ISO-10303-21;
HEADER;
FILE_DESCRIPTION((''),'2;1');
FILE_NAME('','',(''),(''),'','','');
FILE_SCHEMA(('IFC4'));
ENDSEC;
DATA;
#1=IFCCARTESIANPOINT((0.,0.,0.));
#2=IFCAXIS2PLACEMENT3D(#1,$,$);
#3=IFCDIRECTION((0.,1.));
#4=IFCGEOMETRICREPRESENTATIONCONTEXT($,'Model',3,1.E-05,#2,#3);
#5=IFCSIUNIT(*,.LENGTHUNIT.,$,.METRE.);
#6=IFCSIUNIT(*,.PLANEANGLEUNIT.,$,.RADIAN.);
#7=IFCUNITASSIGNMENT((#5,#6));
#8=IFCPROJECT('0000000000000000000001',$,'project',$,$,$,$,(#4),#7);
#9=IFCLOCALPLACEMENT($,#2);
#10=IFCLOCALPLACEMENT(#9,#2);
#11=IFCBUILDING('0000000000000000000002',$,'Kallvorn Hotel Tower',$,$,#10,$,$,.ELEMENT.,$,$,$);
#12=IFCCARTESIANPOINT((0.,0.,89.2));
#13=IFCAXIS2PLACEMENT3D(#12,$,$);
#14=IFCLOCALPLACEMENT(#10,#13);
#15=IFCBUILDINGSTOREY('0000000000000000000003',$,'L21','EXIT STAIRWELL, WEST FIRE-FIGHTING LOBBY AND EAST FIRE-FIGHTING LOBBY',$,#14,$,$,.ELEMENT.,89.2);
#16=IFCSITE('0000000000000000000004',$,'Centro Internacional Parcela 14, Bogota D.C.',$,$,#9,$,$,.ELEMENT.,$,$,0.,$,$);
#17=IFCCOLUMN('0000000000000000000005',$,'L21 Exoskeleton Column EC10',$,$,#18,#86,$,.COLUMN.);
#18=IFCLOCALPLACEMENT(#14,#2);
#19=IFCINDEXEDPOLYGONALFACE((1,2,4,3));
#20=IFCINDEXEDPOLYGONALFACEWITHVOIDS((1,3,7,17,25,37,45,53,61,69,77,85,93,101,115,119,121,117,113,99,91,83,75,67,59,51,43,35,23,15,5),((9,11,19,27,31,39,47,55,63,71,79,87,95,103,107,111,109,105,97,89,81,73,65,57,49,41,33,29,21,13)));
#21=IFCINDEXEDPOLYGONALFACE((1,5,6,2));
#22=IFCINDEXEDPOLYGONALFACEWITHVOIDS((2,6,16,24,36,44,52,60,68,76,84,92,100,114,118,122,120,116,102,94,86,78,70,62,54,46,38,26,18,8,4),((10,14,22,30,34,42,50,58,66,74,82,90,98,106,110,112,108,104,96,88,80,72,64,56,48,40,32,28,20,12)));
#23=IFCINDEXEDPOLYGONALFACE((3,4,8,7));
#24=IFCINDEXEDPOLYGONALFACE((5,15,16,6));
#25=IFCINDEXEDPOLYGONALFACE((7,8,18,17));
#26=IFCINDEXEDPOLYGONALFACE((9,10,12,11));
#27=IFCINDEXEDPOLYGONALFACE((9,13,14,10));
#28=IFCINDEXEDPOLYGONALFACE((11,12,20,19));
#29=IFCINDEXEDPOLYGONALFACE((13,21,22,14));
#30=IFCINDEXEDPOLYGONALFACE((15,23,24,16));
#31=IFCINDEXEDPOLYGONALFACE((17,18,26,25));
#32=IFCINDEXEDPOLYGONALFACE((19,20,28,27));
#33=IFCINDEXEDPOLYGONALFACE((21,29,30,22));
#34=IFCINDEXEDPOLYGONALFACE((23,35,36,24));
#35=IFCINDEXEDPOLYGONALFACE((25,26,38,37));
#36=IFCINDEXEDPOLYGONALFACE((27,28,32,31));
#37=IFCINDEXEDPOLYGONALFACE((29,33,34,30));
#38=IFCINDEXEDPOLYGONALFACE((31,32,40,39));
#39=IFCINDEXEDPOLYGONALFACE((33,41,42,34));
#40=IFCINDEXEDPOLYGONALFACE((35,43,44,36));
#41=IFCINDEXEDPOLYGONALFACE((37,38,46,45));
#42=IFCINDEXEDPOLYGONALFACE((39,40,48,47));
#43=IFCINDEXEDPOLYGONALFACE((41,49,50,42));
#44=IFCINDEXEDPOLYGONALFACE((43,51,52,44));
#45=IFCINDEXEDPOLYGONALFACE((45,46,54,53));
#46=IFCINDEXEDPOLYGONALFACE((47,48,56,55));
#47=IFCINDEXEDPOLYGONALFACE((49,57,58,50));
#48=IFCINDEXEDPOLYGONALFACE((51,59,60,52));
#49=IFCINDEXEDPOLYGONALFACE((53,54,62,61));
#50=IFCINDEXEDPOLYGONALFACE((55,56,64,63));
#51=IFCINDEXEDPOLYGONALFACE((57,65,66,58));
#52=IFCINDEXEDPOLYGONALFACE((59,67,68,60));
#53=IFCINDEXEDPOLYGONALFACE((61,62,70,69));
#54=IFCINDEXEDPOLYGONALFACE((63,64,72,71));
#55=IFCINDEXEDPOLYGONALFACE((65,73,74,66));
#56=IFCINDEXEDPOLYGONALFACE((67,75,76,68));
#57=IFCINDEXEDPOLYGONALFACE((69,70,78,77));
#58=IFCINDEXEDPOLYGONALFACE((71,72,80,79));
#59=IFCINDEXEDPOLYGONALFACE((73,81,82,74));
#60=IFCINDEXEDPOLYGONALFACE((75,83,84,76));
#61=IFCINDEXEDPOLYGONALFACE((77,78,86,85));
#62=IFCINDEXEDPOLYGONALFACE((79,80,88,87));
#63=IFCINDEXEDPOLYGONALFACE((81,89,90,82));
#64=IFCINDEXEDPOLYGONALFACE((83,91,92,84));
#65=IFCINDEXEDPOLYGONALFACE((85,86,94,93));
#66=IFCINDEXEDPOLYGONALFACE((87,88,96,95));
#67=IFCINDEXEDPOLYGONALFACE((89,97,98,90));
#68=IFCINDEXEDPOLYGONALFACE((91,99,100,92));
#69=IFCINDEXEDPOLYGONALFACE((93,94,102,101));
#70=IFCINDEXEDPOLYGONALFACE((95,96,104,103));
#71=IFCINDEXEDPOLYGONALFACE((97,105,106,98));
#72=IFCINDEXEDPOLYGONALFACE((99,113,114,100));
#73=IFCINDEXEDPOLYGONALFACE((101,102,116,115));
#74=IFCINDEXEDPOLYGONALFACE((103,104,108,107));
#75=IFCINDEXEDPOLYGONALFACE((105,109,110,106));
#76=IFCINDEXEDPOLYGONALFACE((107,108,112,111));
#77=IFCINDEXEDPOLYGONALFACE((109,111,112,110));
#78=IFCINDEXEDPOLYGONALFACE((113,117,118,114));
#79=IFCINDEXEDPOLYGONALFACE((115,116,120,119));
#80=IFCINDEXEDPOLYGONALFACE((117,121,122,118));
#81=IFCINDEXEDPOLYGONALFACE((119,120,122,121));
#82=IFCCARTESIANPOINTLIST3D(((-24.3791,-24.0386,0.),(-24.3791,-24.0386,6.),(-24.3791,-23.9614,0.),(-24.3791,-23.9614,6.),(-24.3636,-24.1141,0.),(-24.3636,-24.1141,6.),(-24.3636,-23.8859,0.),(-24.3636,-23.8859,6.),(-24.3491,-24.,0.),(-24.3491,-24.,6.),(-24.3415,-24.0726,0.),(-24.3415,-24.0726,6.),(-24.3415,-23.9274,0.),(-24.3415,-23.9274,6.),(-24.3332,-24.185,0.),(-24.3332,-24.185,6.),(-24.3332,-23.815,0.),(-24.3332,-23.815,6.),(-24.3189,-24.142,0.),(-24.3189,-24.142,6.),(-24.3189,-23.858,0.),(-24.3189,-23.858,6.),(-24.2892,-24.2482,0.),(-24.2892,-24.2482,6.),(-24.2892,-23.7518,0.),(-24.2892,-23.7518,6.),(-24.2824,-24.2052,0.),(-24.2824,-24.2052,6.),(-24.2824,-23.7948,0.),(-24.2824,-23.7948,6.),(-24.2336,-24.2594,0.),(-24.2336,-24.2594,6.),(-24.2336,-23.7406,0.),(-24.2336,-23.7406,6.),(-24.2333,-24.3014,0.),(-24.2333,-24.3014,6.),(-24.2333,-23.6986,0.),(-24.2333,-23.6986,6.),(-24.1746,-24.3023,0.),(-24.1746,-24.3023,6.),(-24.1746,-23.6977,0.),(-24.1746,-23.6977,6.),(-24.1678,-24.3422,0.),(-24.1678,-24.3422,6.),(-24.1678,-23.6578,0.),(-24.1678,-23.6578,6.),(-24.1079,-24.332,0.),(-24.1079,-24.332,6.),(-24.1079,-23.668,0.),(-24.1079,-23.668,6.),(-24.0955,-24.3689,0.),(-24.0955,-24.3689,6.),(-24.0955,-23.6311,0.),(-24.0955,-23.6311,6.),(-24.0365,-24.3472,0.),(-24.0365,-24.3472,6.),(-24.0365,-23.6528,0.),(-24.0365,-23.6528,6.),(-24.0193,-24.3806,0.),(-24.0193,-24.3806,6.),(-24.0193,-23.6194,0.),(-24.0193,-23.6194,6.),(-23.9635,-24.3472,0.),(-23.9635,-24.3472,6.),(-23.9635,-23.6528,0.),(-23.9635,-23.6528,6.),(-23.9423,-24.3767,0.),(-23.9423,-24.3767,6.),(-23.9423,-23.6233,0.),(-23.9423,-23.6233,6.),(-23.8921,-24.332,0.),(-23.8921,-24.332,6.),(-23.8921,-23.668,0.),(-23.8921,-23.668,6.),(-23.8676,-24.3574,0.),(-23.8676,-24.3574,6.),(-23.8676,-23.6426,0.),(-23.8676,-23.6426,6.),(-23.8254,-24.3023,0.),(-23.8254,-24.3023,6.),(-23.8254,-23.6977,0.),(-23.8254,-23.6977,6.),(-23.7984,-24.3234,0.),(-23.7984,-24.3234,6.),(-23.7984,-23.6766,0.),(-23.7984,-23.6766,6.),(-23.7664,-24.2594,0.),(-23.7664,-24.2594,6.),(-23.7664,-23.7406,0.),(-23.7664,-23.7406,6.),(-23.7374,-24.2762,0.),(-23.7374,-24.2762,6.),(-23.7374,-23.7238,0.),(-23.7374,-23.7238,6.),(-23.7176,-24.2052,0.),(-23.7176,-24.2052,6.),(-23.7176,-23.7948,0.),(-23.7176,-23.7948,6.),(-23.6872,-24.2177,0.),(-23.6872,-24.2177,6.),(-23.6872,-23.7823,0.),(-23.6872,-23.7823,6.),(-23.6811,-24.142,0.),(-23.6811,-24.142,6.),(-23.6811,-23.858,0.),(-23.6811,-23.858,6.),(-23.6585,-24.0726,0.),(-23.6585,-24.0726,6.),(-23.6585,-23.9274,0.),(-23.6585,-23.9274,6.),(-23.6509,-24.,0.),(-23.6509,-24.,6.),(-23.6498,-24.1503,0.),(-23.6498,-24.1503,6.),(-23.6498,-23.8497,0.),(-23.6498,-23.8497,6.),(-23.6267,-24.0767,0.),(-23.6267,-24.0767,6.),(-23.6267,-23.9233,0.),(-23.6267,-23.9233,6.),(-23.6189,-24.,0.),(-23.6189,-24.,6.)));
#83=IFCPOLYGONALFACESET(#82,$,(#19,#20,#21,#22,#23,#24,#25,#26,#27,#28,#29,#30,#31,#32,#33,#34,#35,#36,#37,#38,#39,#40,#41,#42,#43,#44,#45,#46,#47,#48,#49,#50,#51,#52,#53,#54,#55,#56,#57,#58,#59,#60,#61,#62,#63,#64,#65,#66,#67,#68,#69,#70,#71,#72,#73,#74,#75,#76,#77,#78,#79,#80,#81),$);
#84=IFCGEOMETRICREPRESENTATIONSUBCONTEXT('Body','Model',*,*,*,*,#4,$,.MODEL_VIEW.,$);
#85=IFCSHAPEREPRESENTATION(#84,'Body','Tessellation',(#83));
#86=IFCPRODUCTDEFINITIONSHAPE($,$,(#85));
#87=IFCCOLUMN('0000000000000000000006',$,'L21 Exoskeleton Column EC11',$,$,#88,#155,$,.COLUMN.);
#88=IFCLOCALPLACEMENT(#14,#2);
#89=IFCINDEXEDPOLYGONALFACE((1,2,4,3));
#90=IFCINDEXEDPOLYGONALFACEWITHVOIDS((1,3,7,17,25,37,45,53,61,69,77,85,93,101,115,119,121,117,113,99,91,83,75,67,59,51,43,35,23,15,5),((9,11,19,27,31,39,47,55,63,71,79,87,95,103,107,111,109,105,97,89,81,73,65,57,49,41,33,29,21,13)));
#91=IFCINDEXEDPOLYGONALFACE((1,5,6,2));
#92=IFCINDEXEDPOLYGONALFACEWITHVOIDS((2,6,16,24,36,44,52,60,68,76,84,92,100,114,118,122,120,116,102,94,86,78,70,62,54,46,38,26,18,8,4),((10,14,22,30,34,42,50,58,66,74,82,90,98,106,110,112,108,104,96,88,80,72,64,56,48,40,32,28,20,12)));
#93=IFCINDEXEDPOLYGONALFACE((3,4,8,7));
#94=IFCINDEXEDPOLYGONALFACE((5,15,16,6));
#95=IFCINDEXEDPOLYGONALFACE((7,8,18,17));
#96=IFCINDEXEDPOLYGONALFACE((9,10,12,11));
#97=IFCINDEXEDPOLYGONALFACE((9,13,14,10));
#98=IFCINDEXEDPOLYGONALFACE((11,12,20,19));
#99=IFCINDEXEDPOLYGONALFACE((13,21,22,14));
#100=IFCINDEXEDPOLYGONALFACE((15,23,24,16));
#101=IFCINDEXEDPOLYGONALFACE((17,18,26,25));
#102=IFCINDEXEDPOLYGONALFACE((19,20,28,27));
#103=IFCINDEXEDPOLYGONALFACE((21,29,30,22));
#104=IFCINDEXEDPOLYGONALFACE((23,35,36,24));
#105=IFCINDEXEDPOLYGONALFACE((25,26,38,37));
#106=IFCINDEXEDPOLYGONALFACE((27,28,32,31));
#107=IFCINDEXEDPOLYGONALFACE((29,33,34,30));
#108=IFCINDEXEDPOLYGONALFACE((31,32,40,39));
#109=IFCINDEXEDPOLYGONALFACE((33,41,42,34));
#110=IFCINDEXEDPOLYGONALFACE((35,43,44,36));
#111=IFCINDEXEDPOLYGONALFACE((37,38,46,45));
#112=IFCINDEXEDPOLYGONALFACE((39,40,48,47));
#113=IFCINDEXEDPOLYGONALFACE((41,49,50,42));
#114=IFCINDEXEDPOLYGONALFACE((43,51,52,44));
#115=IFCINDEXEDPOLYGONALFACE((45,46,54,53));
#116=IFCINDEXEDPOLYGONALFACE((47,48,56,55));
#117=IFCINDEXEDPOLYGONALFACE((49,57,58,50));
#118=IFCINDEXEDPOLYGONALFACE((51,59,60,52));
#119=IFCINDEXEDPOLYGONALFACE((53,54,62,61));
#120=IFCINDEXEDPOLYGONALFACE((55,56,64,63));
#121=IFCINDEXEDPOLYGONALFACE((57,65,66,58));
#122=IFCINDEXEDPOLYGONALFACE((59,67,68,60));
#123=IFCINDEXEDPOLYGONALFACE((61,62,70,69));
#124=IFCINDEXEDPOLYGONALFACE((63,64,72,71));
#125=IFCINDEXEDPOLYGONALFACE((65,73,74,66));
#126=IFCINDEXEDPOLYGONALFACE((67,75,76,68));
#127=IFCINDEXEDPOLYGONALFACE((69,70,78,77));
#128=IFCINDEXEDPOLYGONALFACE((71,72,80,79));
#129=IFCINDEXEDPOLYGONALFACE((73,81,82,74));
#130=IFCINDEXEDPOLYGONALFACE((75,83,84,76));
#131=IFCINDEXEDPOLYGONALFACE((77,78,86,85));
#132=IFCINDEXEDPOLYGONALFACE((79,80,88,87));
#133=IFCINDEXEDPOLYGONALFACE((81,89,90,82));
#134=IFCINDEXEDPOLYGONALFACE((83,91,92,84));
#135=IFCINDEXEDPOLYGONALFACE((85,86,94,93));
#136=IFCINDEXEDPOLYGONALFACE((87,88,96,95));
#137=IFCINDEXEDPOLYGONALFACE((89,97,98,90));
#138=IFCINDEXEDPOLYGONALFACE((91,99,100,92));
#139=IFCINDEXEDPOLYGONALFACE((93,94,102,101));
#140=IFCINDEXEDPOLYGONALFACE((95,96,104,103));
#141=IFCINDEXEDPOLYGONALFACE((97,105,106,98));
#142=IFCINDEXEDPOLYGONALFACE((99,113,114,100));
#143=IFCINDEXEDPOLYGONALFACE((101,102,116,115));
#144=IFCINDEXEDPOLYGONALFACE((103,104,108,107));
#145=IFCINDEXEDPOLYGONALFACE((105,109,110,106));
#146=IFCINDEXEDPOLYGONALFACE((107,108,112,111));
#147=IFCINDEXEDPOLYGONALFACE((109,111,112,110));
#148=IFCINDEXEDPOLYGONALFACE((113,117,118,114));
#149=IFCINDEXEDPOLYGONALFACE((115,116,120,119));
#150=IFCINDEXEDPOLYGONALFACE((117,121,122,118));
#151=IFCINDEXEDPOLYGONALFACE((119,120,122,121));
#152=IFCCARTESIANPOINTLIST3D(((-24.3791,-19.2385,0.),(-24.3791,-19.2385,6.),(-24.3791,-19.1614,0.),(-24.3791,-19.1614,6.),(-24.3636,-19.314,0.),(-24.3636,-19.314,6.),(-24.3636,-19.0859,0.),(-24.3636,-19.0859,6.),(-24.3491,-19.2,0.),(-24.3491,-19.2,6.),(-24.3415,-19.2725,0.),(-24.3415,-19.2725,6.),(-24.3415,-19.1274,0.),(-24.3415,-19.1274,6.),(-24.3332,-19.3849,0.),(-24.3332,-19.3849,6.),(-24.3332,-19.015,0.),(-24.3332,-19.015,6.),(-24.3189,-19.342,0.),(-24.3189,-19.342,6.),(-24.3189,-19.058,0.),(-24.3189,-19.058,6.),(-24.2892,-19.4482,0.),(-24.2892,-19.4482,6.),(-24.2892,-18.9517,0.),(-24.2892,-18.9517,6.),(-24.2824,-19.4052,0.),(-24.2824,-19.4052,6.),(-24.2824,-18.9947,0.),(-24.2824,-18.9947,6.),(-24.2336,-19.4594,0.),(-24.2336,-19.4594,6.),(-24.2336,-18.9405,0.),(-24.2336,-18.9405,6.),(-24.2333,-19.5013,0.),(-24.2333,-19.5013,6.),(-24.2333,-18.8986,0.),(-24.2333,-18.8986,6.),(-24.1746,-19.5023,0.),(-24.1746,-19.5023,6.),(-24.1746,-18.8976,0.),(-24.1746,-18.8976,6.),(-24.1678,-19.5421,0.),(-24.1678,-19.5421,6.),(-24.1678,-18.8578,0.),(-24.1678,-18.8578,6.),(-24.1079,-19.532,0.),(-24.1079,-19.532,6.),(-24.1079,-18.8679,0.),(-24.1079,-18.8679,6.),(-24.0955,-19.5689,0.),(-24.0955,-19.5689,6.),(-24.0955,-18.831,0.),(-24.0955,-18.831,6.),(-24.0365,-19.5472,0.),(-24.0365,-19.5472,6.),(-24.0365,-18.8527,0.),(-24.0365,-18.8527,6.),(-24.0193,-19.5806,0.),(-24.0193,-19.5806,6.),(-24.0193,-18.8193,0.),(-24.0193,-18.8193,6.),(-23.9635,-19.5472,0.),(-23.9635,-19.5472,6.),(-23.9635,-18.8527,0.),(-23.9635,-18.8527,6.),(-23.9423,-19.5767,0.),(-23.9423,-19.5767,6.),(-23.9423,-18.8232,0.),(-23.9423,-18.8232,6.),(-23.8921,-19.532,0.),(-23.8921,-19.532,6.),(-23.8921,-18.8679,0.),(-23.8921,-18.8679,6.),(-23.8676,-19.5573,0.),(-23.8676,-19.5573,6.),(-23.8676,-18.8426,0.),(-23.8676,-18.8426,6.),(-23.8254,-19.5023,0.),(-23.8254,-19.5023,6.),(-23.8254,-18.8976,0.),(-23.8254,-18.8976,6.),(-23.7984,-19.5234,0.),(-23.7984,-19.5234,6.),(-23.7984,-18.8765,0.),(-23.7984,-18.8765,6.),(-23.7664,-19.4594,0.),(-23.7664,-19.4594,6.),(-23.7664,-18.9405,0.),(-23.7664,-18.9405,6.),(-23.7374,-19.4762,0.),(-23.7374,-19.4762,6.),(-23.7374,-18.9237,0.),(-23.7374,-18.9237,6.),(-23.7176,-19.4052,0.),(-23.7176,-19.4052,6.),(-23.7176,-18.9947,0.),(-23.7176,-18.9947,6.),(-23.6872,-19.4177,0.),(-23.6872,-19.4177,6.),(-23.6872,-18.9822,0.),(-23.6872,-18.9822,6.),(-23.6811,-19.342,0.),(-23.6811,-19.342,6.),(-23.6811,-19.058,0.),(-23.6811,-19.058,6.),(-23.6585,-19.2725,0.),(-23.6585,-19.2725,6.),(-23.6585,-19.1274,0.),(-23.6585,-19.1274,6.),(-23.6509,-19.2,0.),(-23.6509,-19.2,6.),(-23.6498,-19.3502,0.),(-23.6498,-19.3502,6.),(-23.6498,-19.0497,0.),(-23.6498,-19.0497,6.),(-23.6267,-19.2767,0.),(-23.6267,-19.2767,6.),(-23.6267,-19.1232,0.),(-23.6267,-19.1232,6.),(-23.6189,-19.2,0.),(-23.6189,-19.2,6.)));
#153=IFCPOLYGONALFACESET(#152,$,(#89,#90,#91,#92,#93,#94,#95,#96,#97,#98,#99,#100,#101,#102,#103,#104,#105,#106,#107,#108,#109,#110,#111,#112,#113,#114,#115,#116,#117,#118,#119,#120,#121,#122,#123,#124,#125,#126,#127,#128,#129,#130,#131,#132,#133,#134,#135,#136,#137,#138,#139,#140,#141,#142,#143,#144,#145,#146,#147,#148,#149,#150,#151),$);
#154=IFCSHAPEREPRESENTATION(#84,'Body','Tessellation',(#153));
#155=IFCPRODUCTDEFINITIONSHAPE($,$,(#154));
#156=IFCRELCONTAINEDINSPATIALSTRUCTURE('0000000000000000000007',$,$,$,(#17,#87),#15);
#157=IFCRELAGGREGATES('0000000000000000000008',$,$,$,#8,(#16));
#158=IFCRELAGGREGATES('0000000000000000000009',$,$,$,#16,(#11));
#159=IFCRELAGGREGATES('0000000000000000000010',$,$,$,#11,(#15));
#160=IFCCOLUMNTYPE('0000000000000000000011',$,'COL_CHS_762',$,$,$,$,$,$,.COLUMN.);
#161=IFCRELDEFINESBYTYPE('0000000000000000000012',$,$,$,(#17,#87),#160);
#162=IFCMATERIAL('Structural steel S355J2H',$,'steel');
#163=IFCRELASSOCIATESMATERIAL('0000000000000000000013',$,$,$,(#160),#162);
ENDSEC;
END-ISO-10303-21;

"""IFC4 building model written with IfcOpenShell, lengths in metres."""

from ifc_helpers import new_model, si_unit, direction, frame, origin, origin_2d, place, context, subcontext, project, spatial, hollow_circle, extrude, material, material_profile, profile_set, type_object, element, save


model = new_model("IFC4")

# Units and contexts
model_context = context("Model", 3, precision=1e-05, world=origin(), true_north=direction((0.0, 1.0)))
body_context = subcontext(model_context, "Body", "Model", "MODEL_VIEW")
ifc_project = project(units=[si_unit("LENGTHUNIT", "METRE"), si_unit("PLANEANGLEUNIT", "RADIAN")], contexts=[model_context])

# Site, building, storey
site_placement = place(None, origin())
site = spatial("IfcSite", under=ifc_project, at=site_placement, Name="Centro Internacional Parcela 14, Bogota D.C.", CompositionType="ELEMENT", RefElevation=0.0)
building_placement = place(site_placement, origin())
building = spatial("IfcBuilding", under=site, at=building_placement, Name="Kallvorn Hotel Tower", CompositionType="ELEMENT")
storey_placement = place(building_placement, frame((0.0, 0.0, 89.2)))
storey = spatial("IfcBuildingStorey", under=building, at=storey_placement, Name="L21", Description="EXIT STAIRWELL, WEST FIRE-FIGHTING LOBBY AND EAST FIRE-FIGHTING LOBBY", CompositionType="ELEMENT", Elevation=89.2)

# Columns
ifc_material_1 = material(Name="Structural steel S355J2H", Category="steel")
ifc_material_profile_1 = material_profile(ifc_material_1, hollow_circle(Radius=0.3811, WallThickness=0.032, at=origin_2d()), Name="CHS 762x32")
ifc_profile_set_1 = profile_set([ifc_material_profile_1], Name="Structural steel S355J2H")
column_type_1 = type_object("IfcColumnType", Name="COL_CHS_762", PredefinedType="COLUMN", material=ifc_profile_set_1)
for number, where, z_axis, x_axis, name in (
    (1, (-24.0, -24.0, 0.0), (0.0, 0.0, 1.0), (1.0, 0.0, 0.0), "L21 Exoskeleton Column EC10"),
    (2, (-24.0, -19.2, 0.0), (0.0, 0.0, 1.0), (1.0, 0.0, 0.0), "L21 Exoskeleton Column EC11"),
):
    element("IfcColumn", number, at=place(storey_placement, frame(where, z_axis=z_axis, x_axis=x_axis)), inside=storey, type_object=column_type_1, Name=name, PredefinedType="COLUMN", context=body_context, shape_type="SweptSolid", body=[
        extrude(hollow_circle(Radius=0.3811, WallThickness=0.032, at=origin_2d()), origin(), (0.0, 0.0, 1.0), 6.0),
    ])

save(model, "model.ifc")
